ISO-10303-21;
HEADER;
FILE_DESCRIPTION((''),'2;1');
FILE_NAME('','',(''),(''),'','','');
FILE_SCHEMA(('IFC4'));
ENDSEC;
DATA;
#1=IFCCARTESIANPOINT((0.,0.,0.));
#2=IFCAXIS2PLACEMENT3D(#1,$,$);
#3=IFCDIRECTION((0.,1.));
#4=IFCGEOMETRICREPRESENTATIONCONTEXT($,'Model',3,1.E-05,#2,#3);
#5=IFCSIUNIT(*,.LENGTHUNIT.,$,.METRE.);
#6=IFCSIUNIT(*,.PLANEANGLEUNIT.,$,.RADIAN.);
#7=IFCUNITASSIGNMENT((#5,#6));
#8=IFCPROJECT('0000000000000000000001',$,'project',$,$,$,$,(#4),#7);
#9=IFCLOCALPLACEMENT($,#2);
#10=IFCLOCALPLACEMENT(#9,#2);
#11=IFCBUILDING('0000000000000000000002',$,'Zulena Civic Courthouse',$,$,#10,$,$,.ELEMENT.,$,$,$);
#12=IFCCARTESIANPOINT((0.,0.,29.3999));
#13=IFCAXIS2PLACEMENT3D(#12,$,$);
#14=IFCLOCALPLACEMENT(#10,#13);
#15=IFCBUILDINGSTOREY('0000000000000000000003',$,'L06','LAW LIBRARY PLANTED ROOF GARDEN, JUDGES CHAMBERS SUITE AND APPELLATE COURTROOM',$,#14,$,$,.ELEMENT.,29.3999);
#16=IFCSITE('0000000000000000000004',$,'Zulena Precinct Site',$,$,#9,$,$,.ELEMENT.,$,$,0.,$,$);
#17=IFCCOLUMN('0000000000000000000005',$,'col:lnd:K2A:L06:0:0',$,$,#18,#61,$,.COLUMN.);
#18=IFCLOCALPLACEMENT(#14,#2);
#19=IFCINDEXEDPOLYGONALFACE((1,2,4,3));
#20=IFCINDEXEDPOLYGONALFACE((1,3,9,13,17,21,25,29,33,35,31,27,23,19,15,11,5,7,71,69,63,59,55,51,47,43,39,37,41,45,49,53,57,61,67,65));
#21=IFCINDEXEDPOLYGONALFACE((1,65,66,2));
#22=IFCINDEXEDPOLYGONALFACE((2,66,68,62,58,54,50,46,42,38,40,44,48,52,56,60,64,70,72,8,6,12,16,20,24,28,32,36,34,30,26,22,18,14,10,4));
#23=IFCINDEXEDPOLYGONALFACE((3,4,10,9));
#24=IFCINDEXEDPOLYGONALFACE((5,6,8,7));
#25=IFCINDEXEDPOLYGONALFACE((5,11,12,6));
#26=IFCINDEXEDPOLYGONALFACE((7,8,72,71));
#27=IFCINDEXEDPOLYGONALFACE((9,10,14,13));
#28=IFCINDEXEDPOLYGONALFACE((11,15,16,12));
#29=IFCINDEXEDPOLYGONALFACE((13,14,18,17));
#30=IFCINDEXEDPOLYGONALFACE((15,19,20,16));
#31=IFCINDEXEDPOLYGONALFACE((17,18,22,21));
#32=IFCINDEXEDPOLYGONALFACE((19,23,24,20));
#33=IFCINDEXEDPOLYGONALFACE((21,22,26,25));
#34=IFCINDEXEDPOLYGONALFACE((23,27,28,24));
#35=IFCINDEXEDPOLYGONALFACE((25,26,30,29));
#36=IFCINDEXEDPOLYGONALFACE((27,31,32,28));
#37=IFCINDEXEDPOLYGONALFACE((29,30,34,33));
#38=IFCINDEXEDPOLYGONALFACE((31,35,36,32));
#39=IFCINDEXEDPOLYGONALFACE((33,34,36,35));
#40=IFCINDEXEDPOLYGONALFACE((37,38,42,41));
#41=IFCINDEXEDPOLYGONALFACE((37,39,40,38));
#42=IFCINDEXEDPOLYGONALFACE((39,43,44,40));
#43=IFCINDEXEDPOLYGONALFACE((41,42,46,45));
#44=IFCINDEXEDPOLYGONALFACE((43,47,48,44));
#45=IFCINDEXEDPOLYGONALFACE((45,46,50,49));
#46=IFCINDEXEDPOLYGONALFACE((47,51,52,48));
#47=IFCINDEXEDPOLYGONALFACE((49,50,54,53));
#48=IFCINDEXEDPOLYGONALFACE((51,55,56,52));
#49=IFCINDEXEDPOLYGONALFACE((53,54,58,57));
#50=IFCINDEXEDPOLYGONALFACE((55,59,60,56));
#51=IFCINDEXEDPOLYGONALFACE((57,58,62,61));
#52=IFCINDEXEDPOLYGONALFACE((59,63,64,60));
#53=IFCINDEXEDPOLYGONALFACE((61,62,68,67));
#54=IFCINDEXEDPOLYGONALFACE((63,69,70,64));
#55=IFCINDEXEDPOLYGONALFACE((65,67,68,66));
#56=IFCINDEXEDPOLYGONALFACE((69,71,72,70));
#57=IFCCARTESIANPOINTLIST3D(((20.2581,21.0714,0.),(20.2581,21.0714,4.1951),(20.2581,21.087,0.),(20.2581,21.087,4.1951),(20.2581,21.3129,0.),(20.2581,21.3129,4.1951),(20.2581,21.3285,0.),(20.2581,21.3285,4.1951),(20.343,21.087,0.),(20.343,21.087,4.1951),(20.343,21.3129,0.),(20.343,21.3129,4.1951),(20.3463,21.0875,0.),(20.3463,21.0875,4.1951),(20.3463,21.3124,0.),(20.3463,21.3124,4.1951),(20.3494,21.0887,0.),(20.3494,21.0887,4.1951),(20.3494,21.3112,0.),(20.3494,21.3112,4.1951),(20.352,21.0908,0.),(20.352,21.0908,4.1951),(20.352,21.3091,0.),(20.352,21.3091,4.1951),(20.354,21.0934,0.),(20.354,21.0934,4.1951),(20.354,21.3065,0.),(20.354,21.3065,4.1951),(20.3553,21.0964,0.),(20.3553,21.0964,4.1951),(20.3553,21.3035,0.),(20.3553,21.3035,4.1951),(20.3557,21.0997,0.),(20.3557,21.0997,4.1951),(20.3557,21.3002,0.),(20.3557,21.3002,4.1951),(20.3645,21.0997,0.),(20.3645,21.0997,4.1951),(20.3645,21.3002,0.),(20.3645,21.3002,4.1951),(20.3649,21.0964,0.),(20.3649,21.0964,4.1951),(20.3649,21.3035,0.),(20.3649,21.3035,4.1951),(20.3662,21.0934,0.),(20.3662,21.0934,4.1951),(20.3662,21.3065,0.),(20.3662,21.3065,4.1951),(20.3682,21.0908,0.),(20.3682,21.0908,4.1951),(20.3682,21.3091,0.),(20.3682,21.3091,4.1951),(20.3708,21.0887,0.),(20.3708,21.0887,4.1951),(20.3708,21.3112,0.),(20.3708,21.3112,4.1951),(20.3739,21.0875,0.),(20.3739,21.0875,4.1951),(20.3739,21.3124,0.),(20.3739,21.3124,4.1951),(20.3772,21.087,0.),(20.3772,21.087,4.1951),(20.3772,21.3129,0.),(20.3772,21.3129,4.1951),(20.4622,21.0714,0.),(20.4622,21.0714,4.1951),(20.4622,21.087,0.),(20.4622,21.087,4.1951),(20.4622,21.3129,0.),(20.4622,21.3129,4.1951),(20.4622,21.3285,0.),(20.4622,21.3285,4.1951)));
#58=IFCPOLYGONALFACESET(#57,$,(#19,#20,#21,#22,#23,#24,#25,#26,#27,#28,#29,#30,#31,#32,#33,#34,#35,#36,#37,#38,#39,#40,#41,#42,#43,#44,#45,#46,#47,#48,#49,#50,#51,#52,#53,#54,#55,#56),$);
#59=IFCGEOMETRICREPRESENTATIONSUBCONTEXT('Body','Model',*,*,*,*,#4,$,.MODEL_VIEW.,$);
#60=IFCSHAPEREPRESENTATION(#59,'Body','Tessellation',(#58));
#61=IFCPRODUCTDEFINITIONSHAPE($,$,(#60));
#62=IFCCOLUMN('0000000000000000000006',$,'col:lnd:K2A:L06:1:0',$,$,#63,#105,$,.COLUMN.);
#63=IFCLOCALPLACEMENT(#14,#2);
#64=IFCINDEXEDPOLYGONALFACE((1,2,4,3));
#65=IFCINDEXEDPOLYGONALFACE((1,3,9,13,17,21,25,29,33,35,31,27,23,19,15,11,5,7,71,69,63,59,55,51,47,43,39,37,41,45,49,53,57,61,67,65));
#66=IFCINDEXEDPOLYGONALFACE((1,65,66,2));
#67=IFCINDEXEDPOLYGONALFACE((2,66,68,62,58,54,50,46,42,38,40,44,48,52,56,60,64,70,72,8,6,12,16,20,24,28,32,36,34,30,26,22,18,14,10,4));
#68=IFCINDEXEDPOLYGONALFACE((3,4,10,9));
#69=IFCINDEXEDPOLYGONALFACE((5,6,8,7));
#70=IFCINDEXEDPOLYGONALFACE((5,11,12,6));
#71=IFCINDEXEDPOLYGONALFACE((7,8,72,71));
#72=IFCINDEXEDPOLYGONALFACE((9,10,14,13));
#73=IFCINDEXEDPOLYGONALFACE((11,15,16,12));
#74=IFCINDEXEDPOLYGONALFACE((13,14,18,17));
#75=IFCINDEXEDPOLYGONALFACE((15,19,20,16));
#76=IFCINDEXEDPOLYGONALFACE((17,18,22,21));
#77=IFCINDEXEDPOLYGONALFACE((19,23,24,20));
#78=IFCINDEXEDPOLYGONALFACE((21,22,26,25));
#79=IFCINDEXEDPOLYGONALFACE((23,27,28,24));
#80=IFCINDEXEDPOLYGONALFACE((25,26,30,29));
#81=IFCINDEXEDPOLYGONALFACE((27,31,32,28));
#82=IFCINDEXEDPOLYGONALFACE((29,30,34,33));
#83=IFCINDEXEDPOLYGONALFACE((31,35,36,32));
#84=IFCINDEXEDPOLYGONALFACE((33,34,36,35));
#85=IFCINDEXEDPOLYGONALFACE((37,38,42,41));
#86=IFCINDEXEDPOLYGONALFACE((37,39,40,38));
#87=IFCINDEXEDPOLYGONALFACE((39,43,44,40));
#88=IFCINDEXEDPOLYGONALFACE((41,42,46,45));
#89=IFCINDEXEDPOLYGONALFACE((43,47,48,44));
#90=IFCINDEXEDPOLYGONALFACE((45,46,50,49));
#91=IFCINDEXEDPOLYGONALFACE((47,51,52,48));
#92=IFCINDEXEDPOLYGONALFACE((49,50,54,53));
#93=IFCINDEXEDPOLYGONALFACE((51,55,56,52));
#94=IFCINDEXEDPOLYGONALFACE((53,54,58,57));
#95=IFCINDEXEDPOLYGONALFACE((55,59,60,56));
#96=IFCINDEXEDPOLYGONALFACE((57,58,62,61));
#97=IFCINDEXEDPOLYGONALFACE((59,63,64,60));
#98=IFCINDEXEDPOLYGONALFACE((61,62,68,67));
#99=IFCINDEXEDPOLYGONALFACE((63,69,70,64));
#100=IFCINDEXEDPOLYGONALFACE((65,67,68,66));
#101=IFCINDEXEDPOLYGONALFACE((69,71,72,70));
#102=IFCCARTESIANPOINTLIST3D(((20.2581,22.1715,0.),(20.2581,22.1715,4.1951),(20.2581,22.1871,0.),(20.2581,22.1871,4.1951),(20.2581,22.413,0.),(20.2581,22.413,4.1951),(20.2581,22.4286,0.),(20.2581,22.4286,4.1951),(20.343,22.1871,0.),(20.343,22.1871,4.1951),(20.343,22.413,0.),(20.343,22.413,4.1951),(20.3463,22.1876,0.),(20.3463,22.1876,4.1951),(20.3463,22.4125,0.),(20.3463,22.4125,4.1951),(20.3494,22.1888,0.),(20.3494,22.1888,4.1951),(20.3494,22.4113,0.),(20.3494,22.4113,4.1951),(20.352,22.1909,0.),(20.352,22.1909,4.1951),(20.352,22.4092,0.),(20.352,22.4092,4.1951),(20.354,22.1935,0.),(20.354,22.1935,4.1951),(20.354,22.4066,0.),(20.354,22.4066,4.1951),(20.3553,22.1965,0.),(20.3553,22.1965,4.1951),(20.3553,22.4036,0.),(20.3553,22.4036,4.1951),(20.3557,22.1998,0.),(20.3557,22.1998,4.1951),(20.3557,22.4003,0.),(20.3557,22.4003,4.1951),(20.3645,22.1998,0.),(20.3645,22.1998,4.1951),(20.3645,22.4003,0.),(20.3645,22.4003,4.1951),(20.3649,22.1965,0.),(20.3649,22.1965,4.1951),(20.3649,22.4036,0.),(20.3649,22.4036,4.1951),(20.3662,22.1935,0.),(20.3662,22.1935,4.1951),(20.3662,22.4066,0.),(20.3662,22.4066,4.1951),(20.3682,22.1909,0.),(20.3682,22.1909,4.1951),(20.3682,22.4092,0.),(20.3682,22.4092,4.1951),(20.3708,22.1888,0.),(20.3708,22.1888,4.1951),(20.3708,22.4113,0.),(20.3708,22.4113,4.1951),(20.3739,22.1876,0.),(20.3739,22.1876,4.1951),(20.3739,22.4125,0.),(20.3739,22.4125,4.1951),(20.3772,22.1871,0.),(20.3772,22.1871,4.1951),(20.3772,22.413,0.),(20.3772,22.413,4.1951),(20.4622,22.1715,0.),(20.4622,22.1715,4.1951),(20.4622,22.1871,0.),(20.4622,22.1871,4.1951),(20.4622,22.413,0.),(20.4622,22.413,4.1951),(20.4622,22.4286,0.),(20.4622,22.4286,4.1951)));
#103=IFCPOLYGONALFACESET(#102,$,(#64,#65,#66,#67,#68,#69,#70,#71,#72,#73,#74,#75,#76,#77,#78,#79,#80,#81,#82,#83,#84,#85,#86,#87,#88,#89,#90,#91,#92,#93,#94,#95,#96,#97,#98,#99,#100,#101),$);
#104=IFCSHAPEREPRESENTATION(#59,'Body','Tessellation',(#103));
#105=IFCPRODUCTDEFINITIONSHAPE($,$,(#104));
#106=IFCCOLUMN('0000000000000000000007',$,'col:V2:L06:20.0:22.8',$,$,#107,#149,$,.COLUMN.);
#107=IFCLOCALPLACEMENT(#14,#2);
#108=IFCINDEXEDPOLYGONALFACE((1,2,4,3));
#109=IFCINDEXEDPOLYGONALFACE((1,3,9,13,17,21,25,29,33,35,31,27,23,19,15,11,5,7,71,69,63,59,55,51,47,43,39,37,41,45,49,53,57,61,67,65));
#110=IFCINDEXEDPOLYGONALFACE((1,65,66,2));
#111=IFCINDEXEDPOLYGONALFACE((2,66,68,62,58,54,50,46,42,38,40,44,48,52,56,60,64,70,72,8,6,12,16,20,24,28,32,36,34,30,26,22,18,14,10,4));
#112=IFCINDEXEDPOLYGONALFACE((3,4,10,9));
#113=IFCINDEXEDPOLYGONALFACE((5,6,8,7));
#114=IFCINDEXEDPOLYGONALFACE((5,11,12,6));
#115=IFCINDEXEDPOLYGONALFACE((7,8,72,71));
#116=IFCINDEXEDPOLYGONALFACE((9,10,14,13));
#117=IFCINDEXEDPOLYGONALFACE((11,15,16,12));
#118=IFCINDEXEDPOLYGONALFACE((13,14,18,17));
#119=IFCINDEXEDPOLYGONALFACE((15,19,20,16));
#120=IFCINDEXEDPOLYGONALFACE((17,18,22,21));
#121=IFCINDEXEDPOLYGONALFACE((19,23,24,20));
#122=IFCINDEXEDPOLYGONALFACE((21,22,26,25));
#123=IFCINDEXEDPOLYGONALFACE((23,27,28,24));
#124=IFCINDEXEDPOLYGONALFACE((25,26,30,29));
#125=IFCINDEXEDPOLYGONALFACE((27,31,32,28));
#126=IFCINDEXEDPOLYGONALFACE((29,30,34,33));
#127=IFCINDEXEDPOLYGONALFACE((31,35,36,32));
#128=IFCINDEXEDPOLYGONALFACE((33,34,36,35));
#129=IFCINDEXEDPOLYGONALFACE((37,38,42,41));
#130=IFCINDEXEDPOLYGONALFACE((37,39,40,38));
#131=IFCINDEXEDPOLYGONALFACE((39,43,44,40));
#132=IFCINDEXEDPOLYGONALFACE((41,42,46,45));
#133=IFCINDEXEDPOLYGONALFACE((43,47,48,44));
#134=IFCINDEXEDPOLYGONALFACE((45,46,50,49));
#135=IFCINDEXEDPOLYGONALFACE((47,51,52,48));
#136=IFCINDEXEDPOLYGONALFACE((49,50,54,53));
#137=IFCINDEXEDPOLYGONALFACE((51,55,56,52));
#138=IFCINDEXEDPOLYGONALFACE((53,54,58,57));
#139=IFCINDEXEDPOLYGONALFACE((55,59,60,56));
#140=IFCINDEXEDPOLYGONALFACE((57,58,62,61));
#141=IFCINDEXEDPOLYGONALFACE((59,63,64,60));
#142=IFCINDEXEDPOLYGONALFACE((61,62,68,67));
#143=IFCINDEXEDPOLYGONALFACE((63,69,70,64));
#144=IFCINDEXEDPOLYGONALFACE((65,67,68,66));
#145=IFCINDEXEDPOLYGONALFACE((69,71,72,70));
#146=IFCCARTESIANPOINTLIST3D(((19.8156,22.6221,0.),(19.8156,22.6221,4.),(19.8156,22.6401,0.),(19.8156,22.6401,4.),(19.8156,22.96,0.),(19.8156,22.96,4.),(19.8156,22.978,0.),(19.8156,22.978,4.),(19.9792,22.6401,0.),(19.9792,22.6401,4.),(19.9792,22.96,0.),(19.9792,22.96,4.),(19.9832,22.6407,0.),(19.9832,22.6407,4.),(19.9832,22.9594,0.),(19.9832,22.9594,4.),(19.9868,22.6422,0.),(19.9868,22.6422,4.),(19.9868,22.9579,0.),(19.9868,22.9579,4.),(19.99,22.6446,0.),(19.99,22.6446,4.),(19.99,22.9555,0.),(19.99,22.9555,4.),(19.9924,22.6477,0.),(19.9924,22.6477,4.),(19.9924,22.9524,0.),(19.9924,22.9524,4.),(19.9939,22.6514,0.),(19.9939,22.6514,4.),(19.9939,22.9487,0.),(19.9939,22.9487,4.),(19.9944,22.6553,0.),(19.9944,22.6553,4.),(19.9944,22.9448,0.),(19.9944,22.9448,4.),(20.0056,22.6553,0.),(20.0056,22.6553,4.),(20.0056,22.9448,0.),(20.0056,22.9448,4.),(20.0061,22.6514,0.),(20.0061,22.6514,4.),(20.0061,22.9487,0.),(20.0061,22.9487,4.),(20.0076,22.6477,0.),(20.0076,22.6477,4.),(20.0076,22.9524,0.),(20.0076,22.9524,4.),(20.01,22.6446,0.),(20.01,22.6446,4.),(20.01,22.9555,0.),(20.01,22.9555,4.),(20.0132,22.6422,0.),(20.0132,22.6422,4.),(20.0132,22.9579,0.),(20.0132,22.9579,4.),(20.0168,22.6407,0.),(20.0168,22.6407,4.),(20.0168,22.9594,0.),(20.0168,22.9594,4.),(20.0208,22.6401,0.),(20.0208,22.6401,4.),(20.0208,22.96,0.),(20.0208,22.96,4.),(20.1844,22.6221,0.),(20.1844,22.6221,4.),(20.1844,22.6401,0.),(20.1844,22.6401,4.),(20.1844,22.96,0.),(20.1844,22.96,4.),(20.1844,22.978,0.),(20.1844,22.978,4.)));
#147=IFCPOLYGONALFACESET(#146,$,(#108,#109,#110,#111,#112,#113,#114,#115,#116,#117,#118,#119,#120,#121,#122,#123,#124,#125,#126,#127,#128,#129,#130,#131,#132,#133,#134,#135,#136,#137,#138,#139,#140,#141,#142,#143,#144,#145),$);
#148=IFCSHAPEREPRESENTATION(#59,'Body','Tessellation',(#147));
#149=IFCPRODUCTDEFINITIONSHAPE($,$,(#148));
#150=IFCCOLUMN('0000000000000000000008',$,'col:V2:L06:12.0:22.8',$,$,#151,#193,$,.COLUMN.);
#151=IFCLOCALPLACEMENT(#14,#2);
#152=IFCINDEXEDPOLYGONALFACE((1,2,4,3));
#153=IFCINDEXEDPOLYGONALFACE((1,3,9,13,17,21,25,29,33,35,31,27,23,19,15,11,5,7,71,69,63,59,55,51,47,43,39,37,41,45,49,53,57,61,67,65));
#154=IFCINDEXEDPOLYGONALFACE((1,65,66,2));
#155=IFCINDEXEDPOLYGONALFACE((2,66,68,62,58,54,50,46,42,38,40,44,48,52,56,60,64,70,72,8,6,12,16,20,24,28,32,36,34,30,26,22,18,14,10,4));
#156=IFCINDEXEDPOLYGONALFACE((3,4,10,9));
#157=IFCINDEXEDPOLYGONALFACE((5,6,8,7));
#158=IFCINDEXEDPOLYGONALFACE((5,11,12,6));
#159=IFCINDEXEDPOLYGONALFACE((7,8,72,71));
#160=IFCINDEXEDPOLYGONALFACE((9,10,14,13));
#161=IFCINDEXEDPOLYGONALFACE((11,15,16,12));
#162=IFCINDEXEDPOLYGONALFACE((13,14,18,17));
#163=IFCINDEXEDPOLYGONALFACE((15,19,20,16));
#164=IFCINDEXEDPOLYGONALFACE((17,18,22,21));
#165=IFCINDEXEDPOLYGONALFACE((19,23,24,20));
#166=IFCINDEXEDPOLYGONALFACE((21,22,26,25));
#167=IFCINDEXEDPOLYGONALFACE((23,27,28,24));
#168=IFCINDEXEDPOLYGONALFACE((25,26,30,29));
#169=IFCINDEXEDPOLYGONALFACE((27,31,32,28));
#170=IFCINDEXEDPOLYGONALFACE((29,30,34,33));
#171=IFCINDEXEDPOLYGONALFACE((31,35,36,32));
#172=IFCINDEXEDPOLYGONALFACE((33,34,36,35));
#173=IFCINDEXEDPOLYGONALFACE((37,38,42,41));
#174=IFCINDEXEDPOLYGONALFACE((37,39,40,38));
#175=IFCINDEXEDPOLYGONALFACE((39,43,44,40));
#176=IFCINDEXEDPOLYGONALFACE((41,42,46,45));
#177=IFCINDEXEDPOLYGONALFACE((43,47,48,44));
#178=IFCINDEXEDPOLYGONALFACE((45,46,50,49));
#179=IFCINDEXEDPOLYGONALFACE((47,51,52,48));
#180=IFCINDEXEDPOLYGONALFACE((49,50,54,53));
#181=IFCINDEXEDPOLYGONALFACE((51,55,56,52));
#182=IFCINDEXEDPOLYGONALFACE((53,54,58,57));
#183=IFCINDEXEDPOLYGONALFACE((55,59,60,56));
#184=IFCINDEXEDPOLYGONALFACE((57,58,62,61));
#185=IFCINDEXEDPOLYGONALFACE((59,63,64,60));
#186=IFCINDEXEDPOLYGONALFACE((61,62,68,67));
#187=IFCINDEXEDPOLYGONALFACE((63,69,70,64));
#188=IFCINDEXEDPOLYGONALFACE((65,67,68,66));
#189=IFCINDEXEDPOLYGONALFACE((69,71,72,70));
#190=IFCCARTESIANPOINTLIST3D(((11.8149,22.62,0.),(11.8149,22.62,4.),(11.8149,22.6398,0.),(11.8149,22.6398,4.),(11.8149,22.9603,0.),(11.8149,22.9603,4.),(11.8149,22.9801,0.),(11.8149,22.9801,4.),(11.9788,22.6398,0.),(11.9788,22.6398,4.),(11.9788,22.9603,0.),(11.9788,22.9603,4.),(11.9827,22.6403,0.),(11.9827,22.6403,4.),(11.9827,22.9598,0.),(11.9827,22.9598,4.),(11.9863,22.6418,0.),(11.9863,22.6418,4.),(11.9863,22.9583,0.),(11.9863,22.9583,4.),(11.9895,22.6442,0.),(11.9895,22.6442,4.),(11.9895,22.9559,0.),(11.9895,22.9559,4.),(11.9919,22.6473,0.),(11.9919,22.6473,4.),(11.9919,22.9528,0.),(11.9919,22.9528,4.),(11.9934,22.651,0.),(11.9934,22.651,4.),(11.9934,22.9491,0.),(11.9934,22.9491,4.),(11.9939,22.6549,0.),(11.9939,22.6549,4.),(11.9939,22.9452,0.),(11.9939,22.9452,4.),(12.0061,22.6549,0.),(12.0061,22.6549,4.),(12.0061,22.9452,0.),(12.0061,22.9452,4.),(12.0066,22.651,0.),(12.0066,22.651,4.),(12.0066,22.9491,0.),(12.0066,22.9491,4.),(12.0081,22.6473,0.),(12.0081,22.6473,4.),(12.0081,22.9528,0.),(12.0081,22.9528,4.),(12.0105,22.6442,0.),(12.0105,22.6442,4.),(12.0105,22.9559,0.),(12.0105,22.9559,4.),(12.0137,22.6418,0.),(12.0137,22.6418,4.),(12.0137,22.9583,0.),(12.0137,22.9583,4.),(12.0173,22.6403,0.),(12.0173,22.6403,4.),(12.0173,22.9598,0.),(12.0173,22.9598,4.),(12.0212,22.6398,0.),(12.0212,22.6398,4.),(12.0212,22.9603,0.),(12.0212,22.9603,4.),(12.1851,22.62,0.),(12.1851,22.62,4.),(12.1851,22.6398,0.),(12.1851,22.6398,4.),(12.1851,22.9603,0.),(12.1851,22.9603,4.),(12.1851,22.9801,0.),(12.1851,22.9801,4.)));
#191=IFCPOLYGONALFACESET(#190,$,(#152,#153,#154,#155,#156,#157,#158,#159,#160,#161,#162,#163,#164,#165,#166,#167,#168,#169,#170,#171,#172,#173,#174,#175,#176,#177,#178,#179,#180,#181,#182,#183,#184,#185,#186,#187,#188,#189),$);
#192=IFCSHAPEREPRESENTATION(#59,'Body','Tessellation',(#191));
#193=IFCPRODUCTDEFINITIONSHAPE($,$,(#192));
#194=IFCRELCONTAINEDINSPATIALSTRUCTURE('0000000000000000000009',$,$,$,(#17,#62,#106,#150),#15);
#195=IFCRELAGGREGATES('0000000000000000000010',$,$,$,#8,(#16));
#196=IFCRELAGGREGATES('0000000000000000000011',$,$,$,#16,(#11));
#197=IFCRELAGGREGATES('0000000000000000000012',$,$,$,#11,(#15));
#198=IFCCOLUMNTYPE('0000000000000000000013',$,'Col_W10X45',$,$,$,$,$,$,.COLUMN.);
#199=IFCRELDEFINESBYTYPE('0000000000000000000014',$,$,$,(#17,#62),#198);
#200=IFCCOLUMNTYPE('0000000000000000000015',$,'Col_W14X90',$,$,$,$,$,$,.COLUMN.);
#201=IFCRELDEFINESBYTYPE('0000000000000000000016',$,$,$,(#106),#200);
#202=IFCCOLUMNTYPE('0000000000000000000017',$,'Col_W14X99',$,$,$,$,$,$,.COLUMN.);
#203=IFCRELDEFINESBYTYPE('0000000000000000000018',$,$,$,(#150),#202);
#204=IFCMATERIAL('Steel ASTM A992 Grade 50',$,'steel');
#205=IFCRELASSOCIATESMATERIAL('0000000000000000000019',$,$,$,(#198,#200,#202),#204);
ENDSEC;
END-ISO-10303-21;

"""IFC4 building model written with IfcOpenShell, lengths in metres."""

from ifc_helpers import new_model, si_unit, direction, frame, origin, origin_2d, place, context, subcontext, project, spatial, i_section, extrude, material, material_profile, profile_set, type_object, element, save


model = new_model("IFC4")

# Units and contexts
model_context = context("Model", 3, precision=1e-05, world=origin(), true_north=direction((0.0, 1.0)))
body_context = subcontext(model_context, "Body", "Model", "MODEL_VIEW")
ifc_project = project(units=[si_unit("LENGTHUNIT", "METRE"), si_unit("PLANEANGLEUNIT", "RADIAN")], contexts=[model_context])

# Site, building, storey
site_placement = place(None, origin())
site = spatial("IfcSite", under=ifc_project, at=site_placement, Name="Zulena Precinct Site", CompositionType="ELEMENT", RefElevation=0.0)
building_placement = place(site_placement, origin())
building = spatial("IfcBuilding", under=site, at=building_placement, Name="Zulena Civic Courthouse", CompositionType="ELEMENT")
storey_placement = place(building_placement, frame((0.0, 0.0, 29.3999)))
storey = spatial("IfcBuildingStorey", under=building, at=storey_placement, Name="L06", Description="LAW LIBRARY PLANTED ROOF GARDEN, JUDGES CHAMBERS SUITE AND APPELLATE COURTROOM", CompositionType="ELEMENT", Elevation=29.3999)

# Columns
ifc_material_1 = material(Name="Steel ASTM A992 Grade 50", Category="steel")
ifc_material_profile_1 = material_profile(ifc_material_1, i_section(OverallWidth=0.2041, OverallDepth=0.2571, WebThickness=0.0088, FlangeThickness=0.0156, FilletRadius=0.0127, at=origin_2d()), Name="W10X45")
ifc_profile_set_1 = profile_set([ifc_material_profile_1], Name="Steel ASTM A992 Grade 50")
column_type_1 = type_object("IfcColumnType", Name="Col_W10X45", PredefinedType="COLUMN", material=ifc_profile_set_1)
for number, where, z_axis, x_axis, name in (
    (1, (20.3601, 21.2, 0.0), (0.0, 0.0, 1.0), (1.0, 0.0, 0.0), "col:lnd:K2A:L06:0:0"),
    (2, (20.3601, 22.3, 0.0), (0.0, 0.0, 1.0), (1.0, 0.0, 0.0), "col:lnd:K2A:L06:1:0"),
):
    element("IfcColumn", number, at=place(storey_placement, frame(where, z_axis=z_axis, x_axis=x_axis)), inside=storey, type_object=column_type_1, Name=name, PredefinedType="COLUMN", context=body_context, shape_type="SweptSolid", body=[
        extrude(i_section(OverallWidth=0.2041, OverallDepth=0.2571, WebThickness=0.0088, FlangeThickness=0.0156, FilletRadius=0.0127, at=origin_2d()), origin(), (0.0, 0.0, 1.0), 4.1951),
    ])
ifc_material_profile_2 = material_profile(ifc_material_1, i_section(OverallWidth=0.3689, OverallDepth=0.356, WebThickness=0.0112, FlangeThickness=0.0181, FilletRadius=0.0151, at=origin_2d()), Name="W14X90")
ifc_profile_set_2 = profile_set([ifc_material_profile_2], Name="Steel ASTM A992 Grade 50")
column_type_2 = type_object("IfcColumnType", Name="Col_W14X90", PredefinedType="COLUMN", material=ifc_profile_set_2)
column_1_placement = place(storey_placement, frame((20.0, 22.8, 0.0), z_axis=(0.0, 0.0, 1.0), x_axis=(1.0, 0.0, 0.0)))
element("IfcColumn", 3, at=column_1_placement, inside=storey, type_object=column_type_2, Name="col:V2:L06:20.0:22.8", PredefinedType="COLUMN", context=body_context, shape_type="SweptSolid", body=[
    extrude(i_section(OverallWidth=0.3689, OverallDepth=0.356, WebThickness=0.0112, FlangeThickness=0.0181, FilletRadius=0.0151, at=origin_2d()), origin(), (0.0, 0.0, 1.0), 4.0),
])
ifc_material_profile_3 = material_profile(ifc_material_1, i_section(OverallWidth=0.3701, OverallDepth=0.3601, WebThickness=0.0122, FlangeThickness=0.0198, FilletRadius=0.0151, at=origin_2d()), Name="W14X99")
ifc_profile_set_3 = profile_set([ifc_material_profile_3], Name="Steel ASTM A992 Grade 50")
column_type_3 = type_object("IfcColumnType", Name="Col_W14X99", PredefinedType="COLUMN", material=ifc_profile_set_3)
column_2_placement = place(storey_placement, frame((12.0, 22.8, 0.0), z_axis=(0.0, 0.0, 1.0), x_axis=(1.0, 0.0, 0.0)))
element("IfcColumn", 4, at=column_2_placement, inside=storey, type_object=column_type_3, Name="col:V2:L06:12.0:22.8", PredefinedType="COLUMN", context=body_context, shape_type="SweptSolid", body=[
    extrude(i_section(OverallWidth=0.3701, OverallDepth=0.3601, WebThickness=0.0122, FlangeThickness=0.0198, FilletRadius=0.0151, at=origin_2d()), origin(), (0.0, 0.0, 1.0), 4.0),
])

save(model, "model.ifc")
